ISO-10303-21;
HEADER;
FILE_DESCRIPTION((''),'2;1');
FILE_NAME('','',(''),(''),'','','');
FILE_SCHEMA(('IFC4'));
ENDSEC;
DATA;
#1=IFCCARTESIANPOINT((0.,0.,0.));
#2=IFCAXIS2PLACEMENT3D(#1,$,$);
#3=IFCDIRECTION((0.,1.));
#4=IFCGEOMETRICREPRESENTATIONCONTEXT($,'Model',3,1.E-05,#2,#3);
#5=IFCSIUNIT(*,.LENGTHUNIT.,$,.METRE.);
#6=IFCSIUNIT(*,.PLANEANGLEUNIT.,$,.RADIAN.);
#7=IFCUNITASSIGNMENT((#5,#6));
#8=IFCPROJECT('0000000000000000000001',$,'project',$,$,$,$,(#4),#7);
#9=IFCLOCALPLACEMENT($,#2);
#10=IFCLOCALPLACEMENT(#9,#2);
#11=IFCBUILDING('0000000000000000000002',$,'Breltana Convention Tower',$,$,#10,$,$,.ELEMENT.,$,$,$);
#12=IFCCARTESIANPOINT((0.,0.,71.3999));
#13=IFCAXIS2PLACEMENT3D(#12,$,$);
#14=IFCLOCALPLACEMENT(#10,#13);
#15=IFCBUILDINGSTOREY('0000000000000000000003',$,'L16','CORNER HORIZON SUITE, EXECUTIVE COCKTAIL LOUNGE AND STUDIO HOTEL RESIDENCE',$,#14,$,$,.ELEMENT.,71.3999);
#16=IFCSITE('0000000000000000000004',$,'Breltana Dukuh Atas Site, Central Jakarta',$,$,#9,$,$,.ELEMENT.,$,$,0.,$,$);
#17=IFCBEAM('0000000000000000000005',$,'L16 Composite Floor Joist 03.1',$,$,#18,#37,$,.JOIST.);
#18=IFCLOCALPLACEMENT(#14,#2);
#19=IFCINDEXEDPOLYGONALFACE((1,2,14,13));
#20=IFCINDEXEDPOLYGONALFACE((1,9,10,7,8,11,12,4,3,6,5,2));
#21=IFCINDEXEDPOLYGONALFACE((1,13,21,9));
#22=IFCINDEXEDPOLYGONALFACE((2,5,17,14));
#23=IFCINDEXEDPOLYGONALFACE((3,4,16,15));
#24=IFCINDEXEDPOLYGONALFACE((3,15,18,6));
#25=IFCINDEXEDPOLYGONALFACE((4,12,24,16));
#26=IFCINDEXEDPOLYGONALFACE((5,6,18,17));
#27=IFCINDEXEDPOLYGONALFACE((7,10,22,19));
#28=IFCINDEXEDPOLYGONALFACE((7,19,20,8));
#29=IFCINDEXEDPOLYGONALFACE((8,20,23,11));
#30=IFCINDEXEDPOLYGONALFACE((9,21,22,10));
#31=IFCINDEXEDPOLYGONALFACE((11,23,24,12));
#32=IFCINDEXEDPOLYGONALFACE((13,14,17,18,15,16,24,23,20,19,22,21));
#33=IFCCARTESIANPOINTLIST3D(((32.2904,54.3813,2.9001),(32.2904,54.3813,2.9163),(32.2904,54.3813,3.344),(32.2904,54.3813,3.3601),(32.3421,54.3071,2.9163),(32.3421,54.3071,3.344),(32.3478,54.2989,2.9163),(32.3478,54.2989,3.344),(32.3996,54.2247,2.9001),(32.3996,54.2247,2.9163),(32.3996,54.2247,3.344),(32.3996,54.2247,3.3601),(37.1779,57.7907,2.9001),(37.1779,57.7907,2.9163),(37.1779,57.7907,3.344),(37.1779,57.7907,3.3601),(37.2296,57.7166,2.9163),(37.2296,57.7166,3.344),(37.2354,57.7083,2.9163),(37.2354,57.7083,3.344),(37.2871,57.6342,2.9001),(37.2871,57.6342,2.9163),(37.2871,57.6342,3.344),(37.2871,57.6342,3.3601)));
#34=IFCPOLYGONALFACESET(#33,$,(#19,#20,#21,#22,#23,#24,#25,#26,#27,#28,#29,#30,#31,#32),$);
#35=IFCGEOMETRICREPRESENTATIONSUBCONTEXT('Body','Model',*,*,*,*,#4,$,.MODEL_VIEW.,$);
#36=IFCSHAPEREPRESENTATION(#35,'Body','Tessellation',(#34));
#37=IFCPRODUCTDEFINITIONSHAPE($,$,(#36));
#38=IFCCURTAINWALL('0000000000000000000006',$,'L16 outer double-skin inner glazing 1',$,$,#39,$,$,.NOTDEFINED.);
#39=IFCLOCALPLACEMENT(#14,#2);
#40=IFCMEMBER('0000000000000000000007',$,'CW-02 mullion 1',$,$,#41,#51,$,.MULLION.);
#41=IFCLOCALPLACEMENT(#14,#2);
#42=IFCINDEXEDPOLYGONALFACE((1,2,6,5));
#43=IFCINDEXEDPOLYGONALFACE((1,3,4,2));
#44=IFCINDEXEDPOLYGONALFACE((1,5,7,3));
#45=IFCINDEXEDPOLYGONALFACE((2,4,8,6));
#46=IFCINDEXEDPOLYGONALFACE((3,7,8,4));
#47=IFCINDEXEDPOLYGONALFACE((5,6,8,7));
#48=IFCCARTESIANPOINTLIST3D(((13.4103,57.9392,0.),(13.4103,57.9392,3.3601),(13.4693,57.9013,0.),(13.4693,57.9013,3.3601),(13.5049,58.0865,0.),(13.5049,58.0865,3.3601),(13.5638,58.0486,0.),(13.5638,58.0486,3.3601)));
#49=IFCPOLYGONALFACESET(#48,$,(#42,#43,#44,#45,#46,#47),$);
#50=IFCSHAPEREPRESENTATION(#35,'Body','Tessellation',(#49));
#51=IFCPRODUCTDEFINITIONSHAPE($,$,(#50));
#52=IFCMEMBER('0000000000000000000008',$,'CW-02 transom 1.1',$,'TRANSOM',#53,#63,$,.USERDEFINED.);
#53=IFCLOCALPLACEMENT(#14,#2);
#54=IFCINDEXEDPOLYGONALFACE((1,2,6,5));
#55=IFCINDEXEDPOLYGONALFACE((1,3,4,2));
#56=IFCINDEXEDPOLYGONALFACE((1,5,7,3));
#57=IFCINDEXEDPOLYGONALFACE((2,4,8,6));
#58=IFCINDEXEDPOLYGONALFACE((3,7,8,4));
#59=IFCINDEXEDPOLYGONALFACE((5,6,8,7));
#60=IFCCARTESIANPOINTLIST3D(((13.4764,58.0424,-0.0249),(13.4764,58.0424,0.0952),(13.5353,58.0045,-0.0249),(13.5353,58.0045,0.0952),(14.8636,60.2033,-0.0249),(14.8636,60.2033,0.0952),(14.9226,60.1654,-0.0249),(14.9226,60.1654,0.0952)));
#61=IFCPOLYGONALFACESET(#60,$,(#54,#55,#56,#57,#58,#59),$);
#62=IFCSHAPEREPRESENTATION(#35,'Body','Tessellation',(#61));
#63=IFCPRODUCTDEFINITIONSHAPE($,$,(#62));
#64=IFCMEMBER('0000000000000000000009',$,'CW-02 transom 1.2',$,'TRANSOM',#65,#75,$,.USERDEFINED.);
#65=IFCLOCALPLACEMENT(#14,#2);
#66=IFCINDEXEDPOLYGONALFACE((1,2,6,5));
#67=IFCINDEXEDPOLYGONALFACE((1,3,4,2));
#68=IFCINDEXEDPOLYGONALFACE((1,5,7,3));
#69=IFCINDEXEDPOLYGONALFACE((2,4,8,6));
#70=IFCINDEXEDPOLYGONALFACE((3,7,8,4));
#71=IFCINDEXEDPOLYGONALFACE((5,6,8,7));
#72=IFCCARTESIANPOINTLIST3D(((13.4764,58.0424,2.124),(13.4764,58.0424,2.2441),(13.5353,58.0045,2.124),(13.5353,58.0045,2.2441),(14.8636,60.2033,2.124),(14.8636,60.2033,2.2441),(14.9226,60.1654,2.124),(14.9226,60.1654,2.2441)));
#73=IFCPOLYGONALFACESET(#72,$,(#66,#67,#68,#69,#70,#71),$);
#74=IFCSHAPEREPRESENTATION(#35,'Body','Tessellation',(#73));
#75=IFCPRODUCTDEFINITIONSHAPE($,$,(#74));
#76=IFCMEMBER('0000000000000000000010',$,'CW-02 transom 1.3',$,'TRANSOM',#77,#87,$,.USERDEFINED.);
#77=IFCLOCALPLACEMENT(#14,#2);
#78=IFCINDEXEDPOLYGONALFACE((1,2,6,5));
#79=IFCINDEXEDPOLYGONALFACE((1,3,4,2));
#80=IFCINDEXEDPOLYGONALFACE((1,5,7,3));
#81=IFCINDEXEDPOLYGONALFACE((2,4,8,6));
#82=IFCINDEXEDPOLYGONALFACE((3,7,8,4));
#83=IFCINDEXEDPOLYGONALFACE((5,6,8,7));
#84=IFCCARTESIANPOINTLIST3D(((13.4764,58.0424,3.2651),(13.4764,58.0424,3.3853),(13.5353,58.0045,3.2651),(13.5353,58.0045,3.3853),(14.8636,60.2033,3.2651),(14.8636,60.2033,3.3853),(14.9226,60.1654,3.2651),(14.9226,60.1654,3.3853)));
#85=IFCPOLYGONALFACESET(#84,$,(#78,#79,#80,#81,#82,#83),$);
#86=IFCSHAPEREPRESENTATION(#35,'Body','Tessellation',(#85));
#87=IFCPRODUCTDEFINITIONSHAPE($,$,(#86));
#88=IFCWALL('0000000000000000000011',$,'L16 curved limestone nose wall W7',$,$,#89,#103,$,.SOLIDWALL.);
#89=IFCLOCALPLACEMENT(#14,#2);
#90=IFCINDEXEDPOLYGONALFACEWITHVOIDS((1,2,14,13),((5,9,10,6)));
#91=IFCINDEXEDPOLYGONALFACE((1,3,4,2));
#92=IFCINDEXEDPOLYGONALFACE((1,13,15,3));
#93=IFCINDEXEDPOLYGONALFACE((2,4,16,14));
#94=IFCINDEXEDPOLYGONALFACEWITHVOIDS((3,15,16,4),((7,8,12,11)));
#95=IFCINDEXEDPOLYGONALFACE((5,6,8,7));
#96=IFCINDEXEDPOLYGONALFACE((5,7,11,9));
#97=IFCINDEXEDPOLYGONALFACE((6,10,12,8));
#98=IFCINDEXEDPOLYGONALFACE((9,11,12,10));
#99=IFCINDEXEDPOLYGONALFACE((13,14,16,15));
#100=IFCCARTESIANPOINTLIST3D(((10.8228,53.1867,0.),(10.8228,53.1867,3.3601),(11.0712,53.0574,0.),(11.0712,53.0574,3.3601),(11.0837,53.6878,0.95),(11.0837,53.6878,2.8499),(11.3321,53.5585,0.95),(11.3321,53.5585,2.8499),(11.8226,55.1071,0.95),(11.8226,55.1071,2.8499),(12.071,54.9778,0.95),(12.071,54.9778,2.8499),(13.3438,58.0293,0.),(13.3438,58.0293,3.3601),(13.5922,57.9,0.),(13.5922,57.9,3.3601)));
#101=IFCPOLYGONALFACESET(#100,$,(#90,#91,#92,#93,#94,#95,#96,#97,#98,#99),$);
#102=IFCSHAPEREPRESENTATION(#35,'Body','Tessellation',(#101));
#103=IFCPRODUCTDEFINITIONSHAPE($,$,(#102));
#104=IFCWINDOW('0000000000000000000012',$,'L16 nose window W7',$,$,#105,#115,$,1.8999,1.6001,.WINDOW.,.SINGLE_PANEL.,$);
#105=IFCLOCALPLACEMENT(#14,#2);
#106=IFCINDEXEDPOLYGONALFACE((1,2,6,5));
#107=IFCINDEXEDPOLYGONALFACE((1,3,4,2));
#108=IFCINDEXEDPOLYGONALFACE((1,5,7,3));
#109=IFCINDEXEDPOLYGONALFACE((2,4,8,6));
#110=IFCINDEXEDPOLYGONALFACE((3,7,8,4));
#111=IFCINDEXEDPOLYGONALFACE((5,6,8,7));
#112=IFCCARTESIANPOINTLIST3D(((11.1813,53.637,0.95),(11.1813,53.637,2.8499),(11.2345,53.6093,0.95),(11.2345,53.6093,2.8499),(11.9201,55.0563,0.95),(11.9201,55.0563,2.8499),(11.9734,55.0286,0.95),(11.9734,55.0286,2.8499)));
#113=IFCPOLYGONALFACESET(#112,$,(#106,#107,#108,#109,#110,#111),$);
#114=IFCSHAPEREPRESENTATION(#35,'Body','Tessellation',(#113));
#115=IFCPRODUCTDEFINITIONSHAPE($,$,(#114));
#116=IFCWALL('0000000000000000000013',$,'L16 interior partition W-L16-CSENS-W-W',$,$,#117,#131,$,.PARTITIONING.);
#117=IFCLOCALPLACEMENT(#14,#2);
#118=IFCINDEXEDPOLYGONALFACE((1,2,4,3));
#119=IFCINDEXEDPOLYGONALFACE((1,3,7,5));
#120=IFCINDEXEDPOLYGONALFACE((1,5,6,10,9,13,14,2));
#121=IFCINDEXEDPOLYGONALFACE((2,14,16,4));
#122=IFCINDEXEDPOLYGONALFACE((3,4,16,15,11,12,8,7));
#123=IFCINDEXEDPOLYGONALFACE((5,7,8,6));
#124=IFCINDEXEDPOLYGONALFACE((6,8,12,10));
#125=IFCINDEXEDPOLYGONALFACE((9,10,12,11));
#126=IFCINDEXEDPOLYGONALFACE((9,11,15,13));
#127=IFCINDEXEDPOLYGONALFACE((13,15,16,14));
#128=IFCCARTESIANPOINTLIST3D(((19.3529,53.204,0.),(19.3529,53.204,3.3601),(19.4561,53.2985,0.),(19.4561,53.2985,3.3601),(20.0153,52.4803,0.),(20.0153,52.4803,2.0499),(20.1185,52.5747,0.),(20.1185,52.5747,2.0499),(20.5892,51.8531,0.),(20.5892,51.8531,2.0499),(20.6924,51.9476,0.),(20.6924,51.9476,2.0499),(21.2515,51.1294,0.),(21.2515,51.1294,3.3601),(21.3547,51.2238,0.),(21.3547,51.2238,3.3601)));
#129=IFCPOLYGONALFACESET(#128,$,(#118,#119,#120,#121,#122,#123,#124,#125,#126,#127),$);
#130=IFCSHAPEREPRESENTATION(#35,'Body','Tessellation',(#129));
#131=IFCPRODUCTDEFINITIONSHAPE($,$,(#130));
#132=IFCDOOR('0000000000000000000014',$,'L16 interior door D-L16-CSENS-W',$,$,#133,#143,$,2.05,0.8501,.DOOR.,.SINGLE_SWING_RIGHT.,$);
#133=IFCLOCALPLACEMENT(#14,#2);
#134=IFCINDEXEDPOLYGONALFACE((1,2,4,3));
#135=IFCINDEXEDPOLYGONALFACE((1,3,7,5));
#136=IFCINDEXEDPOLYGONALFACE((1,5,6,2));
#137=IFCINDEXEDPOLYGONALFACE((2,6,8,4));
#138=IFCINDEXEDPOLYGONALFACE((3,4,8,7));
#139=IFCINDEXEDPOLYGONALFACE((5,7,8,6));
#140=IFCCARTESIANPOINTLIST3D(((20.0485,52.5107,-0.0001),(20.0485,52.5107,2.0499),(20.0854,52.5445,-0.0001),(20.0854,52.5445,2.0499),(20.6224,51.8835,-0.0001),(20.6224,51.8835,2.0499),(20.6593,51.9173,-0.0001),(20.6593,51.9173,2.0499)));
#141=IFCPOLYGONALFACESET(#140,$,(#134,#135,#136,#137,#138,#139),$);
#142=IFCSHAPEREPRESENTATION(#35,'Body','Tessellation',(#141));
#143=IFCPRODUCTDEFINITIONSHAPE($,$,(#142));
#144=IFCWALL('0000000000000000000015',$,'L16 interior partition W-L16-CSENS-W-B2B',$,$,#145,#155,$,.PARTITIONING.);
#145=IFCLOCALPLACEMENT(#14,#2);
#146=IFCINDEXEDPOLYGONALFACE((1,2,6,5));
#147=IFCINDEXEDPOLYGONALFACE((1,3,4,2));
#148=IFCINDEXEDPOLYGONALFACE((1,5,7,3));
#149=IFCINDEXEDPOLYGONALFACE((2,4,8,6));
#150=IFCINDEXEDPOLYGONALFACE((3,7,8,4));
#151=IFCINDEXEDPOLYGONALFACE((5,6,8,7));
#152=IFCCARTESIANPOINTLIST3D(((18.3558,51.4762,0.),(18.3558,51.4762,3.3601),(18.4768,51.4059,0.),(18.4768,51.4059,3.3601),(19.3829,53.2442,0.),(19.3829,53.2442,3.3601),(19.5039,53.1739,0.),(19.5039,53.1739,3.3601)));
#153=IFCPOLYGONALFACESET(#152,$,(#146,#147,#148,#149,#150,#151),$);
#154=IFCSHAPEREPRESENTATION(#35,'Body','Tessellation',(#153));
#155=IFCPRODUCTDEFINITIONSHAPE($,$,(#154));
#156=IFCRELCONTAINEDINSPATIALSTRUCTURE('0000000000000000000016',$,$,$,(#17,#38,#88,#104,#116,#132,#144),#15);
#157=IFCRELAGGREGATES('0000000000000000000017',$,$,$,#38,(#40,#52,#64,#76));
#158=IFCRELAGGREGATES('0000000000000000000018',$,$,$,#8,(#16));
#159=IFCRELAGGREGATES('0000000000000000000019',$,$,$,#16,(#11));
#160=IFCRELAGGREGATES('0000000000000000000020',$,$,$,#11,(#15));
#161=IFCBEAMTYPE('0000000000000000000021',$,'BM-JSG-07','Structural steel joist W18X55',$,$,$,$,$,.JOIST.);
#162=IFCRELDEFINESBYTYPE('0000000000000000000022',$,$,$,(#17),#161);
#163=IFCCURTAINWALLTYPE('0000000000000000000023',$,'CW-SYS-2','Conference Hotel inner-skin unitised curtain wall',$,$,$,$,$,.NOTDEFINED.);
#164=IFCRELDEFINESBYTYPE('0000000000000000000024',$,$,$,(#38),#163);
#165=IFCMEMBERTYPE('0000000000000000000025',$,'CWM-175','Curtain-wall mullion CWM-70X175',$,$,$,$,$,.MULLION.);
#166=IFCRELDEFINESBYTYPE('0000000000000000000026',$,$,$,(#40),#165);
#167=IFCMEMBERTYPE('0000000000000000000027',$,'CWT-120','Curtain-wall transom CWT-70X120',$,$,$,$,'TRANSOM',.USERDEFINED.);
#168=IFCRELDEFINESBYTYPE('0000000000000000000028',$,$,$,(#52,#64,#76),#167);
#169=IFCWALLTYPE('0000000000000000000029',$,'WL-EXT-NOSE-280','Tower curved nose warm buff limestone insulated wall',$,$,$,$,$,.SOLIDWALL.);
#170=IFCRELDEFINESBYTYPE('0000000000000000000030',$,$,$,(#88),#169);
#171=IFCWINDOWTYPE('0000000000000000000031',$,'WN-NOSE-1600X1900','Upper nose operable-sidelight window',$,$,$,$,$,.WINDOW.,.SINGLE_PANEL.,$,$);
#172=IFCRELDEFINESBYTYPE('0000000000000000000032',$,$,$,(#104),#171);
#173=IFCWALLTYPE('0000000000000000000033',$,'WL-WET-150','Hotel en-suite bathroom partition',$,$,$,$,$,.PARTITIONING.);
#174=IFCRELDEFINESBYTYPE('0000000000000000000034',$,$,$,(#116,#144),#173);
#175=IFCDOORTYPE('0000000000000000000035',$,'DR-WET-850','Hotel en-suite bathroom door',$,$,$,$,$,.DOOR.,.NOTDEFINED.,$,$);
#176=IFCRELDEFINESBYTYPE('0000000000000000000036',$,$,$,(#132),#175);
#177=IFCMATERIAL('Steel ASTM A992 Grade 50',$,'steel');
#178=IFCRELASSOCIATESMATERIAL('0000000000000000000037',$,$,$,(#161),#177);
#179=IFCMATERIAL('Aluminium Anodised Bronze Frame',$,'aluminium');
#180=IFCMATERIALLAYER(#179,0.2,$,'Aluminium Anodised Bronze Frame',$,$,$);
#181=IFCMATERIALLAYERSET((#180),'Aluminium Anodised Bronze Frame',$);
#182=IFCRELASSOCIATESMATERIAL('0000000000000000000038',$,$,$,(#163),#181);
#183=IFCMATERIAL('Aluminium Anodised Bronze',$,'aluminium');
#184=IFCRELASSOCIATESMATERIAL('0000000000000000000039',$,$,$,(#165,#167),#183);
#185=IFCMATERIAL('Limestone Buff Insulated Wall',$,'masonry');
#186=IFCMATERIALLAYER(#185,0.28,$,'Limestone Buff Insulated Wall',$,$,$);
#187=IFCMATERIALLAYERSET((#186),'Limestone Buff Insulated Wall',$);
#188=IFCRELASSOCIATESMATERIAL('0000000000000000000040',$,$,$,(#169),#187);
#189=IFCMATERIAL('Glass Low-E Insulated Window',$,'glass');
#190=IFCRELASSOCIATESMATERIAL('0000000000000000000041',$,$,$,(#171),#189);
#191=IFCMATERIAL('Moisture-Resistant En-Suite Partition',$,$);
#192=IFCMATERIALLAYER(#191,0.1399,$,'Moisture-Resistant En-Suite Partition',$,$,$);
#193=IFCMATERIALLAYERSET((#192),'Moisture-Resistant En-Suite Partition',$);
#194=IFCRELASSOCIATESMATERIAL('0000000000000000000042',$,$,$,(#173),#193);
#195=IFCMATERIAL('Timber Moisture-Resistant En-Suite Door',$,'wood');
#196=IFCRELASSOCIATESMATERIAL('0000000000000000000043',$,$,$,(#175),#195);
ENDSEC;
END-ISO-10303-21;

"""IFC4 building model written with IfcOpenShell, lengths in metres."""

from ifc_helpers import new_model, si_unit, direction, frame, frame_2d, origin, origin_2d, place, context, subcontext, project, spatial, rectangle, i_section, extrude, source, transform, mapped, material, layer, layer_set, material_profile, profile_set, type_object, type_shapes, element, fill, aggregate, save


model = new_model("IFC4")

# Units and contexts
model_context = context("Model", 3, precision=1e-05, world=origin(), true_north=direction((0.0, 1.0)))
body_context = subcontext(model_context, "Body", "Model", "MODEL_VIEW")
ifc_project = project(units=[si_unit("LENGTHUNIT", "METRE"), si_unit("PLANEANGLEUNIT", "RADIAN")], contexts=[model_context])

# Site, building, storey
site_placement = place(None, origin())
site = spatial("IfcSite", under=ifc_project, at=site_placement, Name="Breltana Dukuh Atas Site, Central Jakarta", CompositionType="ELEMENT", RefElevation=0.0)
building_placement = place(site_placement, origin())
building = spatial("IfcBuilding", under=site, at=building_placement, Name="Breltana Convention Tower", CompositionType="ELEMENT")
storey_placement = place(building_placement, frame((0.0, 0.0, 71.3999)))
storey = spatial("IfcBuildingStorey", under=building, at=storey_placement, Name="L16", Description="CORNER HORIZON SUITE, EXECUTIVE COCKTAIL LOUNGE AND STUDIO HOTEL RESIDENCE", CompositionType="ELEMENT", Elevation=71.3999)

# Beam
ifc_material_1 = material(Name="Steel ASTM A992 Grade 50", Category="steel")
ifc_material_profile_1 = material_profile(ifc_material_1, i_section(OverallWidth=0.1909, OverallDepth=0.46, WebThickness=0.01, FlangeThickness=0.0161, at=origin_2d()), Name="W18X55")
ifc_profile_set_1 = profile_set([ifc_material_profile_1], Name="Steel ASTM A992 Grade 50")
beam_type_1 = type_object("IfcBeamType", Name="BM-JSG-07", Description="Structural steel joist W18X55", PredefinedType="JOIST", material=ifc_profile_set_1)
shared_shape_1 = source(origin(), body_context, "Body", "SweptSolid", [
    extrude(i_section(OverallWidth=0.1909, OverallDepth=0.46, WebThickness=0.01, FlangeThickness=0.0161, at=origin_2d()), origin(), (0.0, 0.0, 1.0), 5.9592),
])
beam_1_placement = place(storey_placement, frame((32.345, 54.303, 3.1301), z_axis=(0.82016, 0.572134, 0.0), x_axis=(-0.572134, 0.82016, 0.0)))
element("IfcBeam", 1, at=beam_1_placement, inside=storey, type_object=beam_type_1, Name="L16 Composite Floor Joist 03.1", PredefinedType="JOIST", context=body_context, shape_type="MappedRepresentation", body=[
    mapped(shared_shape_1, transform((0.0, 0.0, 0.0), scale=1.0)),
])

# Curtain wall, members
ifc_material_2 = material(Name="Aluminium Anodised Bronze Frame", Category="aluminium")
ifc_layer_1 = layer(ifc_material_2, 0.2, Name="Aluminium Anodised Bronze Frame")
ifc_layer_set_1 = layer_set([ifc_layer_1], Name="Aluminium Anodised Bronze Frame")
curtain_wall_type = type_object("IfcCurtainWallType", Name="CW-SYS-2", Description="Conference Hotel inner-skin unitised curtain wall", PredefinedType="NOTDEFINED", material=ifc_layer_set_1)
curtain_wall_placement = place(storey_placement, origin())
curtain_wall = element("IfcCurtainWall", 2, at=curtain_wall_placement, inside=storey, type_object=curtain_wall_type, Name="L16 outer double-skin inner glazing 1", PredefinedType="NOTDEFINED")
ifc_material_3 = material(Name="Aluminium Anodised Bronze", Category="aluminium")
ifc_material_profile_2 = material_profile(ifc_material_3, rectangle(XDim=0.0701, YDim=0.175, at=origin_2d()), Name="CWM-70X175")
ifc_profile_set_2 = profile_set([ifc_material_profile_2], Name="Aluminium Anodised Bronze")
member_type_1 = type_object("IfcMemberType", Name="CWM-175", Description="Curtain-wall mullion CWM-70X175", PredefinedType="MULLION", material=ifc_profile_set_2)
shared_shape_2 = source(origin(), body_context, "Body", "SweptSolid", [
    extrude(rectangle(XDim=0.0701, YDim=0.175, at=origin_2d()), origin(), (0.0, 0.0, 1.0), 3.3601),
])
type_shapes(member_type_1, [shared_shape_2])
member_1_placement = place(storey_placement, frame((13.4871, 57.9939, 0.0), z_axis=(0.0, 0.0, 1.0), x_axis=(-0.841549, 0.540181, 0.0)))
member_1 = element("IfcMember", 3, at=member_1_placement, type_object=member_type_1, Name="CW-02 mullion 1", PredefinedType="MULLION", context=body_context, shape_type="MappedRepresentation", body=[
    mapped(shared_shape_2, transform((0.0, 0.0, 0.0), scale=1.0)),
])
ifc_material_profile_3 = material_profile(ifc_material_3, rectangle(XDim=0.0701, YDim=0.1201, at=origin_2d()), Name="CWT-70X120")
ifc_profile_set_3 = profile_set([ifc_material_profile_3], Name="Aluminium Anodised Bronze")
member_type_2 = type_object("IfcMemberType", Name="CWT-120", Description="Curtain-wall transom CWT-70X120", ElementType="TRANSOM", PredefinedType="USERDEFINED", material=ifc_profile_set_3)
shared_shape_3 = source(origin(), body_context, "Body", "SweptSolid", [
    extrude(rectangle(XDim=0.0701, YDim=0.1201, at=origin_2d()), origin(), (0.0, 0.0, 1.0), 2.5679),
])
type_shapes(member_type_2, [shared_shape_3])
member_2_placement = place(storey_placement, frame((13.5059, 58.0234, 0.0352), z_axis=(0.540224, 0.841521, 0.0), x_axis=(-0.841521, 0.540224, 0.0)))
member_2 = element("IfcMember", 4, at=member_2_placement, type_object=member_type_2, Name="CW-02 transom 1.1", ObjectType="TRANSOM", PredefinedType="USERDEFINED", context=body_context, shape_type="MappedRepresentation", body=[
    mapped(shared_shape_3, transform((0.0, 0.0, 0.0), scale=1.0)),
])
member_3_placement = place(storey_placement, frame((13.5059, 58.0234, 2.1841), z_axis=(0.540224, 0.841521, 0.0), x_axis=(-0.841521, 0.540224, 0.0)))
member_3 = element("IfcMember", 5, at=member_3_placement, type_object=member_type_2, Name="CW-02 transom 1.2", ObjectType="TRANSOM", PredefinedType="USERDEFINED", context=body_context, shape_type="MappedRepresentation", body=[
    mapped(shared_shape_3, transform((0.0, 0.0, 0.0), scale=1.0)),
])
member_4_placement = place(storey_placement, frame((13.5059, 58.0234, 3.3252), z_axis=(0.540224, 0.841521, 0.0), x_axis=(-0.841521, 0.540224, 0.0)))
member_4 = element("IfcMember", 6, at=member_4_placement, type_object=member_type_2, Name="CW-02 transom 1.3", ObjectType="TRANSOM", PredefinedType="USERDEFINED", context=body_context, shape_type="MappedRepresentation", body=[
    mapped(shared_shape_3, transform((0.0, 0.0, 0.0), scale=1.0)),
])
aggregate(curtain_wall, [member_1, member_2, member_3, member_4])

# Wall, opening, window
ifc_material_4 = material(Name="Limestone Buff Insulated Wall", Category="masonry")
ifc_layer_2 = layer(ifc_material_4, 0.28, Name="Limestone Buff Insulated Wall")
ifc_layer_set_2 = layer_set([ifc_layer_2], Name="Limestone Buff Insulated Wall")
wall_type_1 = type_object("IfcWallType", Name="WL-EXT-NOSE-280", Description="Tower curved nose warm buff limestone insulated wall", PredefinedType="SOLIDWALL", material=ifc_layer_set_2)
shared_shape_4 = source(origin(), body_context, "Body", "SweptSolid", [
    extrude(rectangle(XDim=5.4595, YDim=0.28, at=frame_2d((2.7297, 0.0))), origin(), (0.0, 0.0, 1.0), 3.3601),
])
wall_1_placement = place(storey_placement, frame((10.947, 53.1221, 0.0), z_axis=(0.0, 0.0, 1.0), x_axis=(0.461768, 0.887001, 0.0)))
wall_1 = element("IfcWall", 7, at=wall_1_placement, inside=storey, type_object=wall_type_1, Name="L16 curved limestone nose wall W7", PredefinedType="SOLIDWALL", context=body_context, shape_type="MappedRepresentation", body=[
    mapped(shared_shape_4, transform((0.0, 0.0, 0.0), scale=1.0)),
])
opening_1_placement = place(wall_1_placement, frame((0.5649, 0.0, 0.95)))
opening_1 = element("IfcOpeningElement", 8, at=opening_1_placement, cuts=wall_1, PredefinedType="OPENING", context=body_context, shape_type="SweptSolid", body=[
    extrude(rectangle(XDim=1.6001, YDim=1.8999, at=frame_2d((0.8, 0.95))), frame((0.0, 0.1499, 0.0), z_axis=(0.0, -1.0, 0.0), x_axis=(1.0, 0.0, 0.0)), (0.0, 0.0, 1.0), 0.3),
])
ifc_material_5 = material(Name="Glass Low-E Insulated Window", Category="glass")
window_type = type_object("IfcWindowType", Name="WN-NOSE-1600X1900", Description="Upper nose operable-sidelight window", PartitioningType="SINGLE_PANEL", PredefinedType="WINDOW", material=ifc_material_5)
shared_shape_5 = source(origin(), body_context, "Body", "SweptSolid", [
    extrude(rectangle(XDim=1.6001, YDim=1.8999, at=frame_2d((0.8, 0.95))), frame((0.0, 0.03, 0.0), z_axis=(0.0, -1.0, 0.0), x_axis=(1.0, 0.0, 0.0)), (0.0, 0.0, 1.0), 0.0601),
])
type_shapes(window_type, [shared_shape_5])
window_placement = place(opening_1_placement, origin())
window = element("IfcWindow", 9, at=window_placement, inside=storey, type_object=window_type, Name="L16 nose window W7", OverallHeight=1.8999, OverallWidth=1.6001, PartitioningType="SINGLE_PANEL", PredefinedType="WINDOW", context=body_context, shape_type="MappedRepresentation", body=[
    mapped(shared_shape_5, transform((0.0, 0.0, 0.0), scale=1.0)),
])
fill(opening_1, window)

# Wall, opening, door
ifc_material_6 = material(Name="Moisture-Resistant En-Suite Partition")
ifc_layer_3 = layer(ifc_material_6, 0.1399, Name="Moisture-Resistant En-Suite Partition")
ifc_layer_set_3 = layer_set([ifc_layer_3], Name="Moisture-Resistant En-Suite Partition")
wall_type_2 = type_object("IfcWallType", Name="WL-WET-150", Description="Hotel en-suite bathroom partition", PredefinedType="PARTITIONING", material=ifc_layer_set_3)
shared_shape_6 = source(origin(), body_context, "Body", "SweptSolid", [
    extrude(rectangle(XDim=2.8123, YDim=0.1399, at=frame_2d((1.4062, 0.0))), origin(), (0.0, 0.0, 1.0), 3.3601),
])
wall_2_placement = place(storey_placement, frame((21.3032, 51.1765, 0.0), z_axis=(0.0, 0.0, 1.0), x_axis=(-0.675119, 0.737709, 0.0)))
wall_2 = element("IfcWall", 10, at=wall_2_placement, inside=storey, type_object=wall_type_2, Name="L16 interior partition W-L16-CSENS-W-W", PredefinedType="PARTITIONING", context=body_context, shape_type="MappedRepresentation", body=[
    mapped(shared_shape_6, transform((0.0, 0.0, 0.0), scale=1.0)),
])
opening_2_placement = place(wall_2_placement, frame((0.9812, 0.0, 0.0)))
opening_2 = element("IfcOpeningElement", 11, at=opening_2_placement, cuts=wall_2, PredefinedType="OPENING", context=body_context, shape_type="SweptSolid", body=[
    extrude(rectangle(XDim=0.8501, YDim=2.05, at=frame_2d((0.425, 1.0249))), frame((0.0, 0.0801, 0.0), z_axis=(0.0, -1.0, 0.0), x_axis=(1.0, 0.0, 0.0)), (0.0, 0.0, 1.0), 0.1599),
])
ifc_material_7 = material(Name="Timber Moisture-Resistant En-Suite Door", Category="wood")
door_type_1 = type_object("IfcDoorType", Name="DR-WET-850", Description="Hotel en-suite bathroom door", OperationType="NOTDEFINED", PredefinedType="DOOR", material=ifc_material_7)
shared_shape_7 = source(origin(), body_context, "Body", "SweptSolid", [
    extrude(rectangle(XDim=0.8501, YDim=2.05, at=frame_2d((0.425, 1.0249))), frame((0.0, 0.0249, 0.0), z_axis=(0.0, -1.0, 0.0), x_axis=(1.0, 0.0, 0.0)), (0.0, 0.0, 1.0), 0.05),
])
type_shapes(door_type_1, [shared_shape_7])
door_1_placement = place(opening_2_placement, origin())
door_1 = element("IfcDoor", 12, at=door_1_placement, inside=storey, type_object=door_type_1, Name="L16 interior door D-L16-CSENS-W", OperationType="SINGLE_SWING_RIGHT", OverallHeight=2.05, OverallWidth=0.8501, PredefinedType="DOOR", context=body_context, shape_type="MappedRepresentation", body=[
    mapped(shared_shape_7, transform((0.0, 0.0, 0.0), scale=1.0)),
])
fill(opening_2, door_1)

# Wall
shared_shape_8 = source(origin(), body_context, "Body", "SweptSolid", [
    extrude(rectangle(XDim=2.0447, YDim=0.1399, at=frame_2d((1.0225, 0.0))), origin(), (0.0, 0.0, 1.0), 3.3601),
])
wall_3_placement = place(storey_placement, frame((18.4163, 51.4409, 0.0), z_axis=(0.0, 0.0, 1.0), x_axis=(0.502311, 0.864687, 0.0)))
element("IfcWall", 13, at=wall_3_placement, inside=storey, type_object=wall_type_2, Name="L16 interior partition W-L16-CSENS-W-B2B", PredefinedType="PARTITIONING", context=body_context, shape_type="MappedRepresentation", body=[
    mapped(shared_shape_8, transform((0.0, 0.0, 0.0), scale=1.0)),
])

save(model, "model.ifc")
